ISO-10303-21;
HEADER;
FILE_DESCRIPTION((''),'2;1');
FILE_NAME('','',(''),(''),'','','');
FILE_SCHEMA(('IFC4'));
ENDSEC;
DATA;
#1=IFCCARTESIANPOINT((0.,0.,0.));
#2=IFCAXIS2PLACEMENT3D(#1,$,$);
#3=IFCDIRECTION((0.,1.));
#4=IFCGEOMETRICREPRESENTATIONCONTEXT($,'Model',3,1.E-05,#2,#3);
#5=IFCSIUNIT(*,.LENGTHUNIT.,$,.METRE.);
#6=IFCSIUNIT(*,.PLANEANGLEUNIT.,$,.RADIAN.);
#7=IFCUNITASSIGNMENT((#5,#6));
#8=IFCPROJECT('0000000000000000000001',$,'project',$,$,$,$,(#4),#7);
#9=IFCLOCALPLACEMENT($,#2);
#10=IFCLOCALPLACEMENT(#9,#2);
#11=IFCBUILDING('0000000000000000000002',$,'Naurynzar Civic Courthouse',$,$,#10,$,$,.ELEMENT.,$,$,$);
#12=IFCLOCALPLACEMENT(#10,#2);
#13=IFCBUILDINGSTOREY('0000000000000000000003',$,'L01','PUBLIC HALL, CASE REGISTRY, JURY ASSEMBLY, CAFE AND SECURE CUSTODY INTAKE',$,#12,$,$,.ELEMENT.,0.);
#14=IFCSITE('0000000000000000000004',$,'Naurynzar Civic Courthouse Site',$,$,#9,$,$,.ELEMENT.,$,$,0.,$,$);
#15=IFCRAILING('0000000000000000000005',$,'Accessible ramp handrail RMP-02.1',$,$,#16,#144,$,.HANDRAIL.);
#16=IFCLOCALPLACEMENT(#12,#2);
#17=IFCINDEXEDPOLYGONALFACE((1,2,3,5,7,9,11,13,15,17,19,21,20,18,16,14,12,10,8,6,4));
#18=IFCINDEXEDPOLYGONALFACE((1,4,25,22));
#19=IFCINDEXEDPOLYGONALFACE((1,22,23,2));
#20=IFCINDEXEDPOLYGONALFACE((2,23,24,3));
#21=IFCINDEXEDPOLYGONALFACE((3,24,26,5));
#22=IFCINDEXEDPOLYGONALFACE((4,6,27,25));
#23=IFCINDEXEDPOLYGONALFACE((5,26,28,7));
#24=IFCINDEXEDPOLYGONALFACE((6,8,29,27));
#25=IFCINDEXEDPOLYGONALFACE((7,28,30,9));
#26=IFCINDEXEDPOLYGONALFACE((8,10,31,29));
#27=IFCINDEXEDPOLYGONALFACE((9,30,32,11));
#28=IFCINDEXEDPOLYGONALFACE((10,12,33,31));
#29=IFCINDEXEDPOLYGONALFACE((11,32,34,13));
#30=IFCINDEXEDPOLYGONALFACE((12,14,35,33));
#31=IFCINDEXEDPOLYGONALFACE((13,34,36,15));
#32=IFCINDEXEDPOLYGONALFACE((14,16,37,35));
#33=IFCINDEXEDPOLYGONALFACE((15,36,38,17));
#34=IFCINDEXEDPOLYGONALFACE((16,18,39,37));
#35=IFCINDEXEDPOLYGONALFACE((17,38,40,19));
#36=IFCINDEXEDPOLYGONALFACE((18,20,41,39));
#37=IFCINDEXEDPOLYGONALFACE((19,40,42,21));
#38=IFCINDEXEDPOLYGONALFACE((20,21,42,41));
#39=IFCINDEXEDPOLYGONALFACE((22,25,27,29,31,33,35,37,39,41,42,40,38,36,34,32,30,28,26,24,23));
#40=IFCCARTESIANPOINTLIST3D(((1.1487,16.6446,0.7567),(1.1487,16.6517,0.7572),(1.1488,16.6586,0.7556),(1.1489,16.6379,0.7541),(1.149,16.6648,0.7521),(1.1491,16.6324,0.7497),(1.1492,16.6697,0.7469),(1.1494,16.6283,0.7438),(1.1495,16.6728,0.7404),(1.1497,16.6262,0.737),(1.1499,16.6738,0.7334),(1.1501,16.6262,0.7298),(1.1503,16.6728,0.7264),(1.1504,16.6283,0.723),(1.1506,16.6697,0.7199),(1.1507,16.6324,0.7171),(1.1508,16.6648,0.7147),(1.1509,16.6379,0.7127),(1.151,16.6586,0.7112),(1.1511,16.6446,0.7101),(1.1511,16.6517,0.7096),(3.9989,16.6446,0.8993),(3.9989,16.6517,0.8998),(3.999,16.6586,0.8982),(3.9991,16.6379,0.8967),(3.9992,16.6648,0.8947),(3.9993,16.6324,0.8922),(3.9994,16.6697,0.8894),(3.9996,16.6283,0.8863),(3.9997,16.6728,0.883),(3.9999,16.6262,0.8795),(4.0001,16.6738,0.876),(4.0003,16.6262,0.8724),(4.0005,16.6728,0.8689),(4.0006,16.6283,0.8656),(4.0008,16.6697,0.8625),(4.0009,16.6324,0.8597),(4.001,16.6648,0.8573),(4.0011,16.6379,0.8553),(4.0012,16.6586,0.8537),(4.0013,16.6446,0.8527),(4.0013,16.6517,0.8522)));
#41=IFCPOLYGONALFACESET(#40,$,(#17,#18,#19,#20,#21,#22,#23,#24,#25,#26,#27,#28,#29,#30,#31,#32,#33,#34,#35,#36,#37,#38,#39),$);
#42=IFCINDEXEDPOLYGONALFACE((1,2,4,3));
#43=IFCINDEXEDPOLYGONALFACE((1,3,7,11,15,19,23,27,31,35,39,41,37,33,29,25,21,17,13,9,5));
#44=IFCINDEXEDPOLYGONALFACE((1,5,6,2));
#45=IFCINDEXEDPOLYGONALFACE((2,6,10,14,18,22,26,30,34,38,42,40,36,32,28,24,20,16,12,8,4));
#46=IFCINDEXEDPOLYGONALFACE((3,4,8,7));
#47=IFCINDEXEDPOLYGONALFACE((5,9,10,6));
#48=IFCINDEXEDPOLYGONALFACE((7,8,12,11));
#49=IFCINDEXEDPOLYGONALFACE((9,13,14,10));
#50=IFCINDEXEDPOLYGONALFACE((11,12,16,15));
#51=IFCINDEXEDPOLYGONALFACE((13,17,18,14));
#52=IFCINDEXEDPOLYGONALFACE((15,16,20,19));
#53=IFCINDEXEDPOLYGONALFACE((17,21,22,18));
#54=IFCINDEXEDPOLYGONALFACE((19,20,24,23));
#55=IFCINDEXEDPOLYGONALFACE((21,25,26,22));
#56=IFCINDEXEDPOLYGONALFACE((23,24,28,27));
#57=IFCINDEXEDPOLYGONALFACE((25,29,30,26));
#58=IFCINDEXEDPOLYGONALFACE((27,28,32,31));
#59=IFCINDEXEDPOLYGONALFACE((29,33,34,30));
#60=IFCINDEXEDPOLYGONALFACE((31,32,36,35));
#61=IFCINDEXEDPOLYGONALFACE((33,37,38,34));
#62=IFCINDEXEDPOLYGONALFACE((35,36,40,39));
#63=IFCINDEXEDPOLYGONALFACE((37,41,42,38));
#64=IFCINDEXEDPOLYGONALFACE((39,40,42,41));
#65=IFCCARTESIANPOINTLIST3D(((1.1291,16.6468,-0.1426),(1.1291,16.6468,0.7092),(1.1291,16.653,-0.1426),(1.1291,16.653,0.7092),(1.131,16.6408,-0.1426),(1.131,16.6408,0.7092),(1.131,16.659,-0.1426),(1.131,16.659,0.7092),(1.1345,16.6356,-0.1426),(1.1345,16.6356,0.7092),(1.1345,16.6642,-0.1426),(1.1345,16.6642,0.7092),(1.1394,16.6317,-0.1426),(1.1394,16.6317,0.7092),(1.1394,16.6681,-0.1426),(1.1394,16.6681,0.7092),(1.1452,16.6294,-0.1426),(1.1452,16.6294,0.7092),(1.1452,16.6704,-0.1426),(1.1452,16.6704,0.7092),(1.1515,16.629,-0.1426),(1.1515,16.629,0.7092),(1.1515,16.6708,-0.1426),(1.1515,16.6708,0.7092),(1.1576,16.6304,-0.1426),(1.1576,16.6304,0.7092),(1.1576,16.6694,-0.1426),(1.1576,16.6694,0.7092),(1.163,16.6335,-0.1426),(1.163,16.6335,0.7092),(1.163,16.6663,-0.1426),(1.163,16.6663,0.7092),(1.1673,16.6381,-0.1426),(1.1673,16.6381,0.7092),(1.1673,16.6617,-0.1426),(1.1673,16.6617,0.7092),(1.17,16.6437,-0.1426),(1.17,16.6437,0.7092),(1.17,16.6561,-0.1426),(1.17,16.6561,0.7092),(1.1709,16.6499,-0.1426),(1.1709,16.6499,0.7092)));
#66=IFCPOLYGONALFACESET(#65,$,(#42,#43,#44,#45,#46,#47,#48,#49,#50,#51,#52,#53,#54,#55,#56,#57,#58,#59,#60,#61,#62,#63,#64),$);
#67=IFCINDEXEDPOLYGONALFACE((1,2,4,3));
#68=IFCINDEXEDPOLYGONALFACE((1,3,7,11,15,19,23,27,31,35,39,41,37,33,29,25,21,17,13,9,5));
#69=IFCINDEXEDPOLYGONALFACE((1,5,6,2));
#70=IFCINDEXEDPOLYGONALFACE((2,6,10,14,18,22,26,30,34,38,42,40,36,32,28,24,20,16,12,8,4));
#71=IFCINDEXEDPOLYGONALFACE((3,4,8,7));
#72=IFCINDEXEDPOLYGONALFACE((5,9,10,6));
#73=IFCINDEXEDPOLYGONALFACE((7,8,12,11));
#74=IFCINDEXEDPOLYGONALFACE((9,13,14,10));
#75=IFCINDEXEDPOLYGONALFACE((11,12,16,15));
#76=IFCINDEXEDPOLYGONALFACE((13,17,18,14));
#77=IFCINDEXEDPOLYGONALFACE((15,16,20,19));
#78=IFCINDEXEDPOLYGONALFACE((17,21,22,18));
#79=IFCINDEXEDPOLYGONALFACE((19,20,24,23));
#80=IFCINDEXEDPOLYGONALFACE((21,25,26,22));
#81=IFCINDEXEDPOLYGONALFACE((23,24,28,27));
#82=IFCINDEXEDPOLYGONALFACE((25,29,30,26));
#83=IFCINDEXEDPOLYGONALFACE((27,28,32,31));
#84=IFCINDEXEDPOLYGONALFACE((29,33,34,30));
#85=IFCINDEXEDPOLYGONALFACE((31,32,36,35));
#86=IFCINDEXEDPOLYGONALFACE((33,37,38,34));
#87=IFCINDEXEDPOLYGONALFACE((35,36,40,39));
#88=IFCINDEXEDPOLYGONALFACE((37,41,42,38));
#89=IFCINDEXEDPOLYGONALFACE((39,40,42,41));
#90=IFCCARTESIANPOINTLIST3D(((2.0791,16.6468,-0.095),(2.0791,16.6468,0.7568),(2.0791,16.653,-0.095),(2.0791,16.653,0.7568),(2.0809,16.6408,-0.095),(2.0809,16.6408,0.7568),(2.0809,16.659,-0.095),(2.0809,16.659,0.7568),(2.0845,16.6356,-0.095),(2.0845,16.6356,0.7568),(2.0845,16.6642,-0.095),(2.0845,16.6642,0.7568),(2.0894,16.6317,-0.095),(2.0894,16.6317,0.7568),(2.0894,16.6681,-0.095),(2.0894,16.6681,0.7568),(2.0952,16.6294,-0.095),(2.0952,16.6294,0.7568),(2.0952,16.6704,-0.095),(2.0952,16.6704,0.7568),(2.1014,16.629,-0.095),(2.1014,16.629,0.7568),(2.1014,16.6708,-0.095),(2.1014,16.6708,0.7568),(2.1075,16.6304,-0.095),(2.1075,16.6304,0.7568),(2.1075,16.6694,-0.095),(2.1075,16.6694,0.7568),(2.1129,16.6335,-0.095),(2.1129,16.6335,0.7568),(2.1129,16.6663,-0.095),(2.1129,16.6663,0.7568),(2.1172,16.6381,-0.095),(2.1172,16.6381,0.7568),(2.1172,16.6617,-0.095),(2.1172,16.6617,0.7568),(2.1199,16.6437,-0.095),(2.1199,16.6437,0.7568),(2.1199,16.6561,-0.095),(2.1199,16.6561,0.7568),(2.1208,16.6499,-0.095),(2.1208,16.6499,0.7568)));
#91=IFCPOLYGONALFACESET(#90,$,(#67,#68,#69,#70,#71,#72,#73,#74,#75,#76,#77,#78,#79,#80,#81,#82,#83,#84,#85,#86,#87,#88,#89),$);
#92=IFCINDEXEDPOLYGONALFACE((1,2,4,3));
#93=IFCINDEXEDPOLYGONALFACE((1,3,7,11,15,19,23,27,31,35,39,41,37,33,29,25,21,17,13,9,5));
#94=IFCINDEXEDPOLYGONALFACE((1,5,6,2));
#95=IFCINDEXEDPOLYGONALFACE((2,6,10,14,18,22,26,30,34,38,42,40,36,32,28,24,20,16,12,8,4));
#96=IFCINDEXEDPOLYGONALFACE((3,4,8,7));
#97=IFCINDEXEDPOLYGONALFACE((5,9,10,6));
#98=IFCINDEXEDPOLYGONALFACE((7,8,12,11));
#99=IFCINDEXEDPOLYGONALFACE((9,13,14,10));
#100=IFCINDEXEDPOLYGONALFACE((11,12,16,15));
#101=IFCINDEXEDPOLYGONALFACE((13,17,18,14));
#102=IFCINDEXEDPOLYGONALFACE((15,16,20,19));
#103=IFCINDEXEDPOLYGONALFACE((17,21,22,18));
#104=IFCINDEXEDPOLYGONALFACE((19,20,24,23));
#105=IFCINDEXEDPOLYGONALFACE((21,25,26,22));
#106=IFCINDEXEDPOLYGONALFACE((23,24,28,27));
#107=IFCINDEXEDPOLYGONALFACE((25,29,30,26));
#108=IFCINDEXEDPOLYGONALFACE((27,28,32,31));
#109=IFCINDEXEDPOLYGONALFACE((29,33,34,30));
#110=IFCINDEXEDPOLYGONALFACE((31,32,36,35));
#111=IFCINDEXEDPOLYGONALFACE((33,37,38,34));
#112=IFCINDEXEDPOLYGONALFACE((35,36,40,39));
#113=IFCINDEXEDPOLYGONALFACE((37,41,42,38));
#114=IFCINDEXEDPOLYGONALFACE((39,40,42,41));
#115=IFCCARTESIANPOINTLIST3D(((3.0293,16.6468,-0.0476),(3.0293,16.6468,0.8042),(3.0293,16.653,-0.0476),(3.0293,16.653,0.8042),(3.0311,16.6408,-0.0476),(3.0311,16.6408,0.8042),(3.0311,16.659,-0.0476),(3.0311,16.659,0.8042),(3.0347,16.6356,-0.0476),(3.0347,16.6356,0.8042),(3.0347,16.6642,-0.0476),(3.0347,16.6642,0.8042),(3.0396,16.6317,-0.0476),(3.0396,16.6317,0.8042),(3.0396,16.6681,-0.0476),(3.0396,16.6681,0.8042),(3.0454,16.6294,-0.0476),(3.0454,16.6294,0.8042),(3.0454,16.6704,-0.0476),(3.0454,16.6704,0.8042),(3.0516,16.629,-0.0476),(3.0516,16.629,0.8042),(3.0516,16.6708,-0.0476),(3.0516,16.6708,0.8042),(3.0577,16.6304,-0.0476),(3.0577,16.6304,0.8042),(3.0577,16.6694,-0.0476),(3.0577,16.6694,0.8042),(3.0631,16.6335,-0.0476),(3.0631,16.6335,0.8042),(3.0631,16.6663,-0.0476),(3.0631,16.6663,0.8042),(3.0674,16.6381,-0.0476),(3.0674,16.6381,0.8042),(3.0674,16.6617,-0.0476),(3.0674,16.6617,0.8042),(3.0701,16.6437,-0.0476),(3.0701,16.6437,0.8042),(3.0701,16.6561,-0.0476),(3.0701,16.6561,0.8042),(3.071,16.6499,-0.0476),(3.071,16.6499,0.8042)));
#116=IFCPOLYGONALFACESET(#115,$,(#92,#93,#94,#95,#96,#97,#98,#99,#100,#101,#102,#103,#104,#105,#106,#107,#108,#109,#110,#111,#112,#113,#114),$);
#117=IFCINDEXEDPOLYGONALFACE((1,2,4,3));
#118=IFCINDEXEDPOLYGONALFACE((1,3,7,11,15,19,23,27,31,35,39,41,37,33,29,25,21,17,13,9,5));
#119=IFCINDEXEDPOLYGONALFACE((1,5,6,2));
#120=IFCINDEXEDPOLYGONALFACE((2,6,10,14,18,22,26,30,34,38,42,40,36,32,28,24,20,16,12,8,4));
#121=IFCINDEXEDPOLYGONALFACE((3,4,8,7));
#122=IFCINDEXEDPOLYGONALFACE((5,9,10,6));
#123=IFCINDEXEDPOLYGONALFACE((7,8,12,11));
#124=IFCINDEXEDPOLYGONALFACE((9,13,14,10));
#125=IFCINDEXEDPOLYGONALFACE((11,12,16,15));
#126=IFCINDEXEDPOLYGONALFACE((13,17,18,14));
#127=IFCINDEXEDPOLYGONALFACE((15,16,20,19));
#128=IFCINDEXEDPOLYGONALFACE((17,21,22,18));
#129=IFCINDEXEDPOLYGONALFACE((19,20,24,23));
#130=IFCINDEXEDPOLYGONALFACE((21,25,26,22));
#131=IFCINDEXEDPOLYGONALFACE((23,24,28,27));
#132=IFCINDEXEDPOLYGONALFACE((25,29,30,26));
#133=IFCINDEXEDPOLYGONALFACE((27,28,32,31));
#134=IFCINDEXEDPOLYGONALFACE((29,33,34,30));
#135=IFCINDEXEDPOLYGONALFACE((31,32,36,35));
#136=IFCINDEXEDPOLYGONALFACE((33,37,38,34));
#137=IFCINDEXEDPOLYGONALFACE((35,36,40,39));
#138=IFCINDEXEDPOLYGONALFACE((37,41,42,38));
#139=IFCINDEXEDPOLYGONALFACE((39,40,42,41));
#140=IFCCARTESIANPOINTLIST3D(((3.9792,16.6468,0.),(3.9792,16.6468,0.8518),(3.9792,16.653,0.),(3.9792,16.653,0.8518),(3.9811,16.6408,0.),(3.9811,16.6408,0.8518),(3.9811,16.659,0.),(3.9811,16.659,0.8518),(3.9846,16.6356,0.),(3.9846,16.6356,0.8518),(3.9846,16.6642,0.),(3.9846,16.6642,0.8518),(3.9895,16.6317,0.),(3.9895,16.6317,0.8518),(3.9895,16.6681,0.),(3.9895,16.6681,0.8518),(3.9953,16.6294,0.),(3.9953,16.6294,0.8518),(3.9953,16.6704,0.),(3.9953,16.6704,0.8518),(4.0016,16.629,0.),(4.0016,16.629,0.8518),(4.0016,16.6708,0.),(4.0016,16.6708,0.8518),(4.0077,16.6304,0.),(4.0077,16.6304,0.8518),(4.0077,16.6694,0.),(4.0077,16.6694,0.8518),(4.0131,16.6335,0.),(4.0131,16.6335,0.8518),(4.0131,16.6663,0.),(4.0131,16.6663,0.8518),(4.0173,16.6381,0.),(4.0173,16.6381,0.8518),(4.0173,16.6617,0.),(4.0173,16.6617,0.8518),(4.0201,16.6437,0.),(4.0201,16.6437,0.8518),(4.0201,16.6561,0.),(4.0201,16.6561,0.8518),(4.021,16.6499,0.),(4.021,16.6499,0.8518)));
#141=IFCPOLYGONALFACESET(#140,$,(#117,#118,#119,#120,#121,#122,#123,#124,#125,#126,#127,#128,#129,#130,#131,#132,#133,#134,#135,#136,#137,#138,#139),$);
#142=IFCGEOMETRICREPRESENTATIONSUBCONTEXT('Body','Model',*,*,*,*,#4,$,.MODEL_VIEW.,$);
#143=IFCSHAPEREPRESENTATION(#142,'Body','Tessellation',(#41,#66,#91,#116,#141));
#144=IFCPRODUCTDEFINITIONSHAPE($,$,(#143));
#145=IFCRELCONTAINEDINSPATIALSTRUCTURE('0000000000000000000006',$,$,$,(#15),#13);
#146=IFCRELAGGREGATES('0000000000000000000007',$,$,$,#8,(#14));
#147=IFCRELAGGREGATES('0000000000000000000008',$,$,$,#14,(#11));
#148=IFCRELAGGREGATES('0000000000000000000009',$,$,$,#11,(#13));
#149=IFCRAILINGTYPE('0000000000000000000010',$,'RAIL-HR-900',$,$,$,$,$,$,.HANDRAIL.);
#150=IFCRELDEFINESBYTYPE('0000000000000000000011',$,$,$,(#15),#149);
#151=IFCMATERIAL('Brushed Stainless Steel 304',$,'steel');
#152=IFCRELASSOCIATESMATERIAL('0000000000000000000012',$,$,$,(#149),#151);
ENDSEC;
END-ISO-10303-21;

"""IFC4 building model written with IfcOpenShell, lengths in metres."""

from ifc_helpers import new_model, si_unit, direction, frame, origin, origin_2d, place, context, subcontext, project, spatial, circle, extrude, material, type_object, element, save


model = new_model("IFC4")

# Units and contexts
model_context = context("Model", 3, precision=1e-05, world=origin(), true_north=direction((0.0, 1.0)))
body_context = subcontext(model_context, "Body", "Model", "MODEL_VIEW")
ifc_project = project(units=[si_unit("LENGTHUNIT", "METRE"), si_unit("PLANEANGLEUNIT", "RADIAN")], contexts=[model_context])

# Site, building, storey
site_placement = place(None, origin())
site = spatial("IfcSite", under=ifc_project, at=site_placement, Name="Naurynzar Civic Courthouse Site", CompositionType="ELEMENT", RefElevation=0.0)
building_placement = place(site_placement, origin())
building = spatial("IfcBuilding", under=site, at=building_placement, Name="Naurynzar Civic Courthouse", CompositionType="ELEMENT")
storey_placement = place(building_placement, origin())
storey = spatial("IfcBuildingStorey", under=building, at=storey_placement, Name="L01", Description="PUBLIC HALL, CASE REGISTRY, JURY ASSEMBLY, CAFE AND SECURE CUSTODY INTAKE", CompositionType="ELEMENT", Elevation=0.0)

# Railing
ifc_material_1 = material(Name="Brushed Stainless Steel 304", Category="steel")
railing_type = type_object("IfcRailingType", Name="RAIL-HR-900", PredefinedType="HANDRAIL", material=ifc_material_1)
railing_placement = place(storey_placement, frame((1.1499, 16.6499, -0.1426)))
element("IfcRailing", 1, at=railing_placement, inside=storey, type_object=railing_type, Name="Accessible ramp handrail RMP-02.1", PredefinedType="HANDRAIL", context=body_context, shape_type="SweptSolid", body=[
    extrude(circle(Radius=0.0239, at=origin_2d()), frame((0.0, 0.0, 0.876), z_axis=(0.998751, 0.0, 0.049963), x_axis=(0.0, 1.0, 0.0)), (0.0, 0.0, 1.0), 2.8538),
    extrude(circle(Radius=0.021, at=origin_2d()), origin(), (0.0, 0.0, 1.0), 0.8518),
    extrude(circle(Radius=0.021, at=origin_2d()), frame((0.95, 0.0, 0.0476)), (0.0, 0.0, 1.0), 0.8518),
    extrude(circle(Radius=0.021, at=origin_2d()), frame((1.9001, 0.0, 0.095)), (0.0, 0.0, 1.0), 0.8518),
    extrude(circle(Radius=0.021, at=origin_2d()), frame((2.8501, 0.0, 0.1426)), (0.0, 0.0, 1.0), 0.8518),
])

save(model, "model.ifc")
